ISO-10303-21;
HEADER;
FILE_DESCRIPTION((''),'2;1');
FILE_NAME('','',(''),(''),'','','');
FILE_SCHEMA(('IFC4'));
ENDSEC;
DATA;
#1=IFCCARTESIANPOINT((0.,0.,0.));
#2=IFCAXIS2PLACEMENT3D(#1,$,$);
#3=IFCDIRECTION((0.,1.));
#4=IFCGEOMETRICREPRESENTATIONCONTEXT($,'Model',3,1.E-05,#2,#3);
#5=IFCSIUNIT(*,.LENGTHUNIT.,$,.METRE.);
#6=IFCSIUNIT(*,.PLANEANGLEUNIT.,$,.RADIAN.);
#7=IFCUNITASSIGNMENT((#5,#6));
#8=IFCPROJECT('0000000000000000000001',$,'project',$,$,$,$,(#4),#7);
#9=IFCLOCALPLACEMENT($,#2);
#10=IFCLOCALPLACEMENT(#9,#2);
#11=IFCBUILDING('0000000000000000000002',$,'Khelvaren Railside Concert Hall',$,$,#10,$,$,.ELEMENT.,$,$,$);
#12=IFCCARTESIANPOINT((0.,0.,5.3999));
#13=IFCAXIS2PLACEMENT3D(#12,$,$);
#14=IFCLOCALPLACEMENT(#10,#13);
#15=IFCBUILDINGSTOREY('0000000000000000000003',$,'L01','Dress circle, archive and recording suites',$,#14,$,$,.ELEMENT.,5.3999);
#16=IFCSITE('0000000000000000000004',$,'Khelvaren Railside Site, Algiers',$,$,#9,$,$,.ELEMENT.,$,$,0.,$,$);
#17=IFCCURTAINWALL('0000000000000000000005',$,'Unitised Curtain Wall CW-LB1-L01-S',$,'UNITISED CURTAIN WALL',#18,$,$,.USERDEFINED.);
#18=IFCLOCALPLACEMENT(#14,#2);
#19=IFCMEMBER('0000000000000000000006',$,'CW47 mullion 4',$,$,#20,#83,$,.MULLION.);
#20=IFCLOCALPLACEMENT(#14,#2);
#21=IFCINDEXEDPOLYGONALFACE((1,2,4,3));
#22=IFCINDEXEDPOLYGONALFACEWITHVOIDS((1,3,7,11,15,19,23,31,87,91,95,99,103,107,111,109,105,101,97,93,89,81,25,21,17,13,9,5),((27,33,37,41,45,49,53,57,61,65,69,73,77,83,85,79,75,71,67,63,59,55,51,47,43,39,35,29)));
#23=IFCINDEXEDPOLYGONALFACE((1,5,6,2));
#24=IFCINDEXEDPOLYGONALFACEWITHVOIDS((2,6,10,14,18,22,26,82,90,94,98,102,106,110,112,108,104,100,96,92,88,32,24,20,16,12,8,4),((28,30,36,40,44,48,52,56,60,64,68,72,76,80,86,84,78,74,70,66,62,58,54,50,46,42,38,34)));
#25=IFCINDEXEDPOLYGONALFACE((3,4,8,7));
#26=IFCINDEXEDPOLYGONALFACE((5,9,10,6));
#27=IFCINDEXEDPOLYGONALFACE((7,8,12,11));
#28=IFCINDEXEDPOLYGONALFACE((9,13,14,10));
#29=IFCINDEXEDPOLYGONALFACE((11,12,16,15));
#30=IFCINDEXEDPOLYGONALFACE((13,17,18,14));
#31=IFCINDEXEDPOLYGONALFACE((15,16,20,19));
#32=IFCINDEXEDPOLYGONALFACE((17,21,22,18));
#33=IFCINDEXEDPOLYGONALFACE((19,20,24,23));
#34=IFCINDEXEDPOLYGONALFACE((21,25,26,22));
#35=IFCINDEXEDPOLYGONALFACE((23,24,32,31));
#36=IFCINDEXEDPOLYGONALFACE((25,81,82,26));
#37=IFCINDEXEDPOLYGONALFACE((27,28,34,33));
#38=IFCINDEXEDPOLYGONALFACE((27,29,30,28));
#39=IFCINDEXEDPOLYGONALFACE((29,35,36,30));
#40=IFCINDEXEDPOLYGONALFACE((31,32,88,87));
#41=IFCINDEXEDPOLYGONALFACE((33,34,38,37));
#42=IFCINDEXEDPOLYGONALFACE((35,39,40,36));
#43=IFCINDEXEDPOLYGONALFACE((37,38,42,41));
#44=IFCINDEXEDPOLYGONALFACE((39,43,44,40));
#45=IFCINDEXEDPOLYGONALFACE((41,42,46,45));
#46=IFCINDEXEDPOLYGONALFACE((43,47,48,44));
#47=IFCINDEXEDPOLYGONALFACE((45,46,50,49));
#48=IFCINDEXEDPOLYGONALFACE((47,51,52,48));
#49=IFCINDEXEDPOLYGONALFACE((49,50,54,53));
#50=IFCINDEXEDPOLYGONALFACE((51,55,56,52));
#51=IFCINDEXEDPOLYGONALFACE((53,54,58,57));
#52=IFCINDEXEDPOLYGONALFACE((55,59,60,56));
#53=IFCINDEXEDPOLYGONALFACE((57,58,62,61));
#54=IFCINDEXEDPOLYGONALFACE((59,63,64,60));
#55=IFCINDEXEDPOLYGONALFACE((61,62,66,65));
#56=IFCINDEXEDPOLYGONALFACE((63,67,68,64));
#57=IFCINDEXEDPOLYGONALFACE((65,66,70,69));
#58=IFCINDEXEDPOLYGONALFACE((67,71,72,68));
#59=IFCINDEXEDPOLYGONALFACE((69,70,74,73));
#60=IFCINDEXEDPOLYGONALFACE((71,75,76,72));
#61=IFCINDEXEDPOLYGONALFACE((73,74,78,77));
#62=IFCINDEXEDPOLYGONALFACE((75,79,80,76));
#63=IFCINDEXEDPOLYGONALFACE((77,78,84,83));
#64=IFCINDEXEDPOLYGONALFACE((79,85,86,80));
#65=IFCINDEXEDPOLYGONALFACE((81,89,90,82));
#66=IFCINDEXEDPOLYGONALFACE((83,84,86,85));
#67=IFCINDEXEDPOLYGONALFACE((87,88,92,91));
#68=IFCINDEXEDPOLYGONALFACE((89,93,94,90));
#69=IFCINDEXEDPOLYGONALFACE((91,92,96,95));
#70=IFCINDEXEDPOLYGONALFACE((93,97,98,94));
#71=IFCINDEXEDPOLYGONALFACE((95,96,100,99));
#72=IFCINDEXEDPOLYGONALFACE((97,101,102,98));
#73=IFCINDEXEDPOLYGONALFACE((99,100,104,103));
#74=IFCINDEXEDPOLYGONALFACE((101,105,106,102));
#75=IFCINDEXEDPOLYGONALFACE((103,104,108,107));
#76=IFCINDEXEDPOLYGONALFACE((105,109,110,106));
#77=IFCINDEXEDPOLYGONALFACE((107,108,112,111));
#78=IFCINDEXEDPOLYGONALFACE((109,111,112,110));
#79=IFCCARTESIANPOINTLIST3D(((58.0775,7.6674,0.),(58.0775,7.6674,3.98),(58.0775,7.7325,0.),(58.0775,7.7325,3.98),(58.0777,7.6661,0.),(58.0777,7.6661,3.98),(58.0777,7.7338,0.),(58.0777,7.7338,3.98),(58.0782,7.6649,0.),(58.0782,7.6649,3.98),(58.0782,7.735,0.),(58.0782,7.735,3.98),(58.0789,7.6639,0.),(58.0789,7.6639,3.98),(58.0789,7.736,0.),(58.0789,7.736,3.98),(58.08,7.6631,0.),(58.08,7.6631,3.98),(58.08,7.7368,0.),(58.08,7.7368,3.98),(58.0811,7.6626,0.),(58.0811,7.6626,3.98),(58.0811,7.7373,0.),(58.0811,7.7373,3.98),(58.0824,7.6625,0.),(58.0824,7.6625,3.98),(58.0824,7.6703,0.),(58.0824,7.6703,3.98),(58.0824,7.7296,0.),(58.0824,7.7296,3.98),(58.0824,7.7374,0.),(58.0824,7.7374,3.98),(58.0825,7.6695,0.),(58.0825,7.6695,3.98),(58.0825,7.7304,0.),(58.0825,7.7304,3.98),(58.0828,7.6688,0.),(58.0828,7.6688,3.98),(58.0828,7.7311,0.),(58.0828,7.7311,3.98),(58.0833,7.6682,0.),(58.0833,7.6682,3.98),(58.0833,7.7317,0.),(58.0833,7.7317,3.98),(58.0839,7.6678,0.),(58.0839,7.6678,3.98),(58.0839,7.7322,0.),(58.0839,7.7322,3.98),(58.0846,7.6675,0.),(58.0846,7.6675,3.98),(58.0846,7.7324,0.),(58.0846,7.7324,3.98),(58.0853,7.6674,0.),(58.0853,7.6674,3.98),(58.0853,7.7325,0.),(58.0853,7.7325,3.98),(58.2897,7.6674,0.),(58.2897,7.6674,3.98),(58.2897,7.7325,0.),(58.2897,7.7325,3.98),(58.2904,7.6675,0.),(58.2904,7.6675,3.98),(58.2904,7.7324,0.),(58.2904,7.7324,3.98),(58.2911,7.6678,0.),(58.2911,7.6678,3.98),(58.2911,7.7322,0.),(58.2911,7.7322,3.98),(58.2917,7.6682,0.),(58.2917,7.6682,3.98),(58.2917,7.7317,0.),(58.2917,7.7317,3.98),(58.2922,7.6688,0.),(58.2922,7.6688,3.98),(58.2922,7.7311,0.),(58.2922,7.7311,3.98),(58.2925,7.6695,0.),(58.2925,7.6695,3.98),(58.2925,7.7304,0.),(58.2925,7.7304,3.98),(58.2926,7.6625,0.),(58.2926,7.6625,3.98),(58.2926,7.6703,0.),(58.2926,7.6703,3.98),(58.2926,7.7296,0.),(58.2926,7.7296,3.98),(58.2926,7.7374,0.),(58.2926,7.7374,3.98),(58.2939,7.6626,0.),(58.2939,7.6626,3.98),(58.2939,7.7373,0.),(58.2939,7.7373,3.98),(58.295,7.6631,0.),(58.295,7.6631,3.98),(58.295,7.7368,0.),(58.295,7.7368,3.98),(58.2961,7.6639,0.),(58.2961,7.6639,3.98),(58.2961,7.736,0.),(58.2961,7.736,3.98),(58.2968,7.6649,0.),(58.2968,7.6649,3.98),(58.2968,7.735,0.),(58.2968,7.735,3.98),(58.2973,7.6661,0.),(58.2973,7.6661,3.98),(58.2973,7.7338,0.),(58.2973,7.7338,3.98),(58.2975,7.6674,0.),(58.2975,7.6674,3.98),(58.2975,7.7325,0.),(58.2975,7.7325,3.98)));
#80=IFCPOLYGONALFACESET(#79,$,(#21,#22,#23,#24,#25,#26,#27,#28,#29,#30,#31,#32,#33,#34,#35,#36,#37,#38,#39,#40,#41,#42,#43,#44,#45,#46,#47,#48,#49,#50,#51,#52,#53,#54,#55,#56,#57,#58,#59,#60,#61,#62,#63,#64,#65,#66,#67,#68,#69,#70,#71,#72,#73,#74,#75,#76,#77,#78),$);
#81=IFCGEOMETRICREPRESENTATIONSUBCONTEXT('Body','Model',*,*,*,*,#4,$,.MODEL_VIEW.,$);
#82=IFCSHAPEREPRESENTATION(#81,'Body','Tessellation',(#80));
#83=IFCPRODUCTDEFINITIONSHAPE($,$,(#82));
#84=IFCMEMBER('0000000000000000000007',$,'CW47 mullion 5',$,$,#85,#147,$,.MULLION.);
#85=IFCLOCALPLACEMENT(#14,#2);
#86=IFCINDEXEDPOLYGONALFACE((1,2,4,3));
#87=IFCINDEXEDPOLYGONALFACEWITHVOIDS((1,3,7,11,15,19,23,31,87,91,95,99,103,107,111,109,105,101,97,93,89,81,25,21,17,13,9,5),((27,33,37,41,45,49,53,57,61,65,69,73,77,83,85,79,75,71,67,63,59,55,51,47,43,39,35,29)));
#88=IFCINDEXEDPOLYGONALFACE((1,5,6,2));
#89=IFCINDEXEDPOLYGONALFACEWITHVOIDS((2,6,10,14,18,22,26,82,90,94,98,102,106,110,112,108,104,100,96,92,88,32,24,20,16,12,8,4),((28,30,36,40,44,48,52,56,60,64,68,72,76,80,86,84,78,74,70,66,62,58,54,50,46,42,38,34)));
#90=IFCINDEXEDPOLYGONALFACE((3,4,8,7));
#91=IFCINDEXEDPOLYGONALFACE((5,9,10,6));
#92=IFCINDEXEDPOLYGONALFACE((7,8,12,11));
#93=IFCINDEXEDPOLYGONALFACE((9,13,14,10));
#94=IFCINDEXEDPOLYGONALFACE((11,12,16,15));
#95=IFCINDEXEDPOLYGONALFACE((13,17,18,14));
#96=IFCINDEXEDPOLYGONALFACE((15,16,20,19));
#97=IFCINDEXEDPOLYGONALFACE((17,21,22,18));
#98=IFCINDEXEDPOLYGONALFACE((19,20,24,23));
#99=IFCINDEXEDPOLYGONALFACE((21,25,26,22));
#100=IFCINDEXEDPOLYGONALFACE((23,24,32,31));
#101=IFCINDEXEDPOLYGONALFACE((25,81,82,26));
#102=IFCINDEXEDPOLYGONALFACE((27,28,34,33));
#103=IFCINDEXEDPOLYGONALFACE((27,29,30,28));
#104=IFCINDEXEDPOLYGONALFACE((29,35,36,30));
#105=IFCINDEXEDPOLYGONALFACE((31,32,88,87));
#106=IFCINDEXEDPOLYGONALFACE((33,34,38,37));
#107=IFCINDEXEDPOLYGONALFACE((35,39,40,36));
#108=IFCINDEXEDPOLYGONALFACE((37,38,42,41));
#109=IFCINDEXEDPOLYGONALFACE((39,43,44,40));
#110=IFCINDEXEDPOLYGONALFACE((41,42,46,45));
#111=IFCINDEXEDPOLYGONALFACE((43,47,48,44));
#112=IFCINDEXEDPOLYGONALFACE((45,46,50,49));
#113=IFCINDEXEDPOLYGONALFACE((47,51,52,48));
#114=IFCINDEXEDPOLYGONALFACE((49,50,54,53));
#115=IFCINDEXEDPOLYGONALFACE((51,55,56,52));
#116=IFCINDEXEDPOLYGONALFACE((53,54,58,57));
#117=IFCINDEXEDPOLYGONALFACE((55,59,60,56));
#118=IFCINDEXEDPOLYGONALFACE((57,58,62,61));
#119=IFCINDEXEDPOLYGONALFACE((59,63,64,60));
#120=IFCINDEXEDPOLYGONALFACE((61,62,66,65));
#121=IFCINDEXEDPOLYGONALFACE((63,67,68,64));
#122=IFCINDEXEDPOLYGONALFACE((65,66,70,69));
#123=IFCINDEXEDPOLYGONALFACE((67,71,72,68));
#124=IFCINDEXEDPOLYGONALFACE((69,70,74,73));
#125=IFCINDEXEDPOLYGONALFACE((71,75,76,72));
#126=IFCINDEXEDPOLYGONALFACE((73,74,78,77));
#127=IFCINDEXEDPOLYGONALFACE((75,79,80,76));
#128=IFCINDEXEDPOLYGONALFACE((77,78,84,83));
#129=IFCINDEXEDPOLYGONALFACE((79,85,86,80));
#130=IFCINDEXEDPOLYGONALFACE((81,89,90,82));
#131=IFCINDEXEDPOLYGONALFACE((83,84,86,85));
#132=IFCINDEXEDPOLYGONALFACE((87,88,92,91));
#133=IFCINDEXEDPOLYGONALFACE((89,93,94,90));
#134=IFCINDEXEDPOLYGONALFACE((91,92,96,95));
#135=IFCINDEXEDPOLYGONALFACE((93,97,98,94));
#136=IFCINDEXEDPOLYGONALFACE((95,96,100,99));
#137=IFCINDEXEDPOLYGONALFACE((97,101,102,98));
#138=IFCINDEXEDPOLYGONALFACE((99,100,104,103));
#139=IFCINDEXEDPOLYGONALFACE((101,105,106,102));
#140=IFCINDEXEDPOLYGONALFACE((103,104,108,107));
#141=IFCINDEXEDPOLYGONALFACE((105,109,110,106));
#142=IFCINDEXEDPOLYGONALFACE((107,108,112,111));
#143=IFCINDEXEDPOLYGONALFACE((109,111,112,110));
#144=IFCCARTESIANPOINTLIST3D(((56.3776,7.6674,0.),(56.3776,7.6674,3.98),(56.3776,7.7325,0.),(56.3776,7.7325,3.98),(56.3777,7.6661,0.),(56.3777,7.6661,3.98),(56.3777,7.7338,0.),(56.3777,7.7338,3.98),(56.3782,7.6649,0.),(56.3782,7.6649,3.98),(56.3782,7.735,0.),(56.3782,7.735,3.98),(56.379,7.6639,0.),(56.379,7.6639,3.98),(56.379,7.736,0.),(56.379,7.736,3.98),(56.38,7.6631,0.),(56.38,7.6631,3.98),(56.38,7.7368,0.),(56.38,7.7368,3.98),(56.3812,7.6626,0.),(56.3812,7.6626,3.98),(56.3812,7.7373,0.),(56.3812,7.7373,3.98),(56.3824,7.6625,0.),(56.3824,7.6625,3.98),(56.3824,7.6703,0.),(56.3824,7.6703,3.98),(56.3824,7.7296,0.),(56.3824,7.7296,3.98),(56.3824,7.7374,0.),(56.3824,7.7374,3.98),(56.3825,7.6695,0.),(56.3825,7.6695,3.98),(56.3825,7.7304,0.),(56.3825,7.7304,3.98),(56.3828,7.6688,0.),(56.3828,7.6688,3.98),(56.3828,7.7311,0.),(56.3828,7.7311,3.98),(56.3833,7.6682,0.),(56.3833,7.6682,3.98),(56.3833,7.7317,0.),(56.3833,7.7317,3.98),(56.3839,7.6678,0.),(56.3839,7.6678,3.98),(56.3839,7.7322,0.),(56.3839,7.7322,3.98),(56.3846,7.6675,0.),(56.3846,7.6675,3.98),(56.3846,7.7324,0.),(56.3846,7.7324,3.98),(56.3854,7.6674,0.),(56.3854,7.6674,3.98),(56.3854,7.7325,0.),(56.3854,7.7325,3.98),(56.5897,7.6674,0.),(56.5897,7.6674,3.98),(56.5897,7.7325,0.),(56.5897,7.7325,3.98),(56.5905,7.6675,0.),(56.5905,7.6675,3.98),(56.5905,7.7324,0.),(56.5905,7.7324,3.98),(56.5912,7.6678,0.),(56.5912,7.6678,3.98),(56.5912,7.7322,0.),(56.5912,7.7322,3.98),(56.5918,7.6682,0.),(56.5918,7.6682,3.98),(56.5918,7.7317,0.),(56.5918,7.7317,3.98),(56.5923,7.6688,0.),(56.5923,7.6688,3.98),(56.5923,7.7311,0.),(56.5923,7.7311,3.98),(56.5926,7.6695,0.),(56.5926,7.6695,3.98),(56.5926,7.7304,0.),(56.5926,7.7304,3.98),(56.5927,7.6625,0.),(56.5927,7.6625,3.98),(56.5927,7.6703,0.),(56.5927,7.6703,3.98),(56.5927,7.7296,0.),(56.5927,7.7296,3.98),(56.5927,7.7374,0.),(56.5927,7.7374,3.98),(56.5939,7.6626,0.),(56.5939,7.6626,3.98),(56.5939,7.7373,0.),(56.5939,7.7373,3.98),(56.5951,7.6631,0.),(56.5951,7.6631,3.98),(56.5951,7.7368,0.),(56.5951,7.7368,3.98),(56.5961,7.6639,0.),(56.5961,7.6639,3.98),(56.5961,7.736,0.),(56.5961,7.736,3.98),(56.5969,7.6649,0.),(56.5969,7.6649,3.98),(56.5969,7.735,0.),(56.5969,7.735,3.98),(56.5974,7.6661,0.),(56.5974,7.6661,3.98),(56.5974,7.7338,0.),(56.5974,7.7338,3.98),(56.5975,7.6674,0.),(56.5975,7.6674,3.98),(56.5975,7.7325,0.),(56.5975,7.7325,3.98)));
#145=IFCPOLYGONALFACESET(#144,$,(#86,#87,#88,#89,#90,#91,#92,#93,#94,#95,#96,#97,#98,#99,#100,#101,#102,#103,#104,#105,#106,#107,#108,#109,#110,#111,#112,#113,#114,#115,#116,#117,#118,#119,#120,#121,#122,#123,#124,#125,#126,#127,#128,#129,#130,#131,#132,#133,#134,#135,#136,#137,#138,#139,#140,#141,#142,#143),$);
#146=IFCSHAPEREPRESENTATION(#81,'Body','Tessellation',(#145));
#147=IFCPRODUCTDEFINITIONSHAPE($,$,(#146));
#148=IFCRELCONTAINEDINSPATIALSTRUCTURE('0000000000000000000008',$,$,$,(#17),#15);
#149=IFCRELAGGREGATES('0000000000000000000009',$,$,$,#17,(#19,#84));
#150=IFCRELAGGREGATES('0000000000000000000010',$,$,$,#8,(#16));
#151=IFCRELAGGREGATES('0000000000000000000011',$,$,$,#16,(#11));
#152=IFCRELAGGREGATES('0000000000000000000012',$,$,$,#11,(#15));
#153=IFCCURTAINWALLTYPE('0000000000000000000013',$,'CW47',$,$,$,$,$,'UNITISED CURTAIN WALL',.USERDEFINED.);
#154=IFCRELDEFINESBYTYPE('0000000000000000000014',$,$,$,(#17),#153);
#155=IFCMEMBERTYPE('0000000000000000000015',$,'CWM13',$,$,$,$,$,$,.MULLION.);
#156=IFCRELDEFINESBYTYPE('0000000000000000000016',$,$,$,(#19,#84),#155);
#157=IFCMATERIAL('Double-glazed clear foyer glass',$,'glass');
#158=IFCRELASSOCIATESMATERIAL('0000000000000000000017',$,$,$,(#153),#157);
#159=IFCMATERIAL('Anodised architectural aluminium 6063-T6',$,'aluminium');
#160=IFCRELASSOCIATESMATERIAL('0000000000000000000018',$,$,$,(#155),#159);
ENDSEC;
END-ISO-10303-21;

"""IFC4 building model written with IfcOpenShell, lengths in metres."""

from ifc_helpers import new_model, si_unit, direction, frame, origin, origin_2d, place, context, subcontext, project, spatial, hollow_rectangle, extrude, material, material_profile, profile_set, type_object, element, aggregate, save


model = new_model("IFC4")

# Units and contexts
model_context = context("Model", 3, precision=1e-05, world=origin(), true_north=direction((0.0, 1.0)))
body_context = subcontext(model_context, "Body", "Model", "MODEL_VIEW")
ifc_project = project(units=[si_unit("LENGTHUNIT", "METRE"), si_unit("PLANEANGLEUNIT", "RADIAN")], contexts=[model_context])

# Site, building, storey
site_placement = place(None, origin())
site = spatial("IfcSite", under=ifc_project, at=site_placement, Name="Khelvaren Railside Site, Algiers", CompositionType="ELEMENT", RefElevation=0.0)
building_placement = place(site_placement, origin())
building = spatial("IfcBuilding", under=site, at=building_placement, Name="Khelvaren Railside Concert Hall", CompositionType="ELEMENT")
storey_placement = place(building_placement, frame((0.0, 0.0, 5.3999)))
storey = spatial("IfcBuildingStorey", under=building, at=storey_placement, Name="L01", Description="Dress circle, archive and recording suites", CompositionType="ELEMENT", Elevation=5.3999)

# Curtain wall, members
ifc_material_1 = material(Name="Double-glazed clear foyer glass", Category="glass")
curtain_wall_type_1 = type_object("IfcCurtainWallType", Name="CW47", ElementType="UNITISED CURTAIN WALL", PredefinedType="USERDEFINED", material=ifc_material_1)
curtain_wall_1_placement = place(storey_placement, origin())
curtain_wall_1 = element("IfcCurtainWall", 1, at=curtain_wall_1_placement, inside=storey, type_object=curtain_wall_type_1, Name="Unitised Curtain Wall CW-LB1-L01-S", ObjectType="UNITISED CURTAIN WALL", PredefinedType="USERDEFINED")
ifc_material_2 = material(Name="Anodised architectural aluminium 6063-T6", Category="aluminium")
ifc_material_profile_1 = material_profile(ifc_material_2, hollow_rectangle(XDim=0.075, YDim=0.22, WallThickness=0.0049, InnerFilletRadius=0.0029, OuterFilletRadius=0.0049, at=origin_2d()), Name="CWM 75x220x5")
ifc_profile_set_1 = profile_set([ifc_material_profile_1], Name="Anodised architectural aluminium 6063-T6")
member_type_1 = type_object("IfcMemberType", Name="CWM13", PredefinedType="MULLION", material=ifc_profile_set_1)
member_1_placement = place(storey_placement, frame((58.1875, 7.7, 0.0), z_axis=(0.0, 0.0, 1.0), x_axis=(0.0, -1.0, 0.0)))
member_1 = element("IfcMember", 2, at=member_1_placement, type_object=member_type_1, Name="CW47 mullion 4", PredefinedType="MULLION", context=body_context, shape_type="SweptSolid", body=[
    extrude(hollow_rectangle(XDim=0.075, YDim=0.22, WallThickness=0.0049, InnerFilletRadius=0.0029, OuterFilletRadius=0.0049, at=origin_2d()), origin(), (0.0, 0.0, 1.0), 3.98),
])
member_2_placement = place(storey_placement, frame((56.4875, 7.7, 0.0), z_axis=(0.0, 0.0, 1.0), x_axis=(0.0, -1.0, 0.0)))
member_2 = element("IfcMember", 3, at=member_2_placement, type_object=member_type_1, Name="CW47 mullion 5", PredefinedType="MULLION", context=body_context, shape_type="SweptSolid", body=[
    extrude(hollow_rectangle(XDim=0.075, YDim=0.22, WallThickness=0.0049, InnerFilletRadius=0.0029, OuterFilletRadius=0.0049, at=origin_2d()), origin(), (0.0, 0.0, 1.0), 3.98),
])

aggregate(curtain_wall_1, [member_1, member_2])

save(model, "model.ifc")
